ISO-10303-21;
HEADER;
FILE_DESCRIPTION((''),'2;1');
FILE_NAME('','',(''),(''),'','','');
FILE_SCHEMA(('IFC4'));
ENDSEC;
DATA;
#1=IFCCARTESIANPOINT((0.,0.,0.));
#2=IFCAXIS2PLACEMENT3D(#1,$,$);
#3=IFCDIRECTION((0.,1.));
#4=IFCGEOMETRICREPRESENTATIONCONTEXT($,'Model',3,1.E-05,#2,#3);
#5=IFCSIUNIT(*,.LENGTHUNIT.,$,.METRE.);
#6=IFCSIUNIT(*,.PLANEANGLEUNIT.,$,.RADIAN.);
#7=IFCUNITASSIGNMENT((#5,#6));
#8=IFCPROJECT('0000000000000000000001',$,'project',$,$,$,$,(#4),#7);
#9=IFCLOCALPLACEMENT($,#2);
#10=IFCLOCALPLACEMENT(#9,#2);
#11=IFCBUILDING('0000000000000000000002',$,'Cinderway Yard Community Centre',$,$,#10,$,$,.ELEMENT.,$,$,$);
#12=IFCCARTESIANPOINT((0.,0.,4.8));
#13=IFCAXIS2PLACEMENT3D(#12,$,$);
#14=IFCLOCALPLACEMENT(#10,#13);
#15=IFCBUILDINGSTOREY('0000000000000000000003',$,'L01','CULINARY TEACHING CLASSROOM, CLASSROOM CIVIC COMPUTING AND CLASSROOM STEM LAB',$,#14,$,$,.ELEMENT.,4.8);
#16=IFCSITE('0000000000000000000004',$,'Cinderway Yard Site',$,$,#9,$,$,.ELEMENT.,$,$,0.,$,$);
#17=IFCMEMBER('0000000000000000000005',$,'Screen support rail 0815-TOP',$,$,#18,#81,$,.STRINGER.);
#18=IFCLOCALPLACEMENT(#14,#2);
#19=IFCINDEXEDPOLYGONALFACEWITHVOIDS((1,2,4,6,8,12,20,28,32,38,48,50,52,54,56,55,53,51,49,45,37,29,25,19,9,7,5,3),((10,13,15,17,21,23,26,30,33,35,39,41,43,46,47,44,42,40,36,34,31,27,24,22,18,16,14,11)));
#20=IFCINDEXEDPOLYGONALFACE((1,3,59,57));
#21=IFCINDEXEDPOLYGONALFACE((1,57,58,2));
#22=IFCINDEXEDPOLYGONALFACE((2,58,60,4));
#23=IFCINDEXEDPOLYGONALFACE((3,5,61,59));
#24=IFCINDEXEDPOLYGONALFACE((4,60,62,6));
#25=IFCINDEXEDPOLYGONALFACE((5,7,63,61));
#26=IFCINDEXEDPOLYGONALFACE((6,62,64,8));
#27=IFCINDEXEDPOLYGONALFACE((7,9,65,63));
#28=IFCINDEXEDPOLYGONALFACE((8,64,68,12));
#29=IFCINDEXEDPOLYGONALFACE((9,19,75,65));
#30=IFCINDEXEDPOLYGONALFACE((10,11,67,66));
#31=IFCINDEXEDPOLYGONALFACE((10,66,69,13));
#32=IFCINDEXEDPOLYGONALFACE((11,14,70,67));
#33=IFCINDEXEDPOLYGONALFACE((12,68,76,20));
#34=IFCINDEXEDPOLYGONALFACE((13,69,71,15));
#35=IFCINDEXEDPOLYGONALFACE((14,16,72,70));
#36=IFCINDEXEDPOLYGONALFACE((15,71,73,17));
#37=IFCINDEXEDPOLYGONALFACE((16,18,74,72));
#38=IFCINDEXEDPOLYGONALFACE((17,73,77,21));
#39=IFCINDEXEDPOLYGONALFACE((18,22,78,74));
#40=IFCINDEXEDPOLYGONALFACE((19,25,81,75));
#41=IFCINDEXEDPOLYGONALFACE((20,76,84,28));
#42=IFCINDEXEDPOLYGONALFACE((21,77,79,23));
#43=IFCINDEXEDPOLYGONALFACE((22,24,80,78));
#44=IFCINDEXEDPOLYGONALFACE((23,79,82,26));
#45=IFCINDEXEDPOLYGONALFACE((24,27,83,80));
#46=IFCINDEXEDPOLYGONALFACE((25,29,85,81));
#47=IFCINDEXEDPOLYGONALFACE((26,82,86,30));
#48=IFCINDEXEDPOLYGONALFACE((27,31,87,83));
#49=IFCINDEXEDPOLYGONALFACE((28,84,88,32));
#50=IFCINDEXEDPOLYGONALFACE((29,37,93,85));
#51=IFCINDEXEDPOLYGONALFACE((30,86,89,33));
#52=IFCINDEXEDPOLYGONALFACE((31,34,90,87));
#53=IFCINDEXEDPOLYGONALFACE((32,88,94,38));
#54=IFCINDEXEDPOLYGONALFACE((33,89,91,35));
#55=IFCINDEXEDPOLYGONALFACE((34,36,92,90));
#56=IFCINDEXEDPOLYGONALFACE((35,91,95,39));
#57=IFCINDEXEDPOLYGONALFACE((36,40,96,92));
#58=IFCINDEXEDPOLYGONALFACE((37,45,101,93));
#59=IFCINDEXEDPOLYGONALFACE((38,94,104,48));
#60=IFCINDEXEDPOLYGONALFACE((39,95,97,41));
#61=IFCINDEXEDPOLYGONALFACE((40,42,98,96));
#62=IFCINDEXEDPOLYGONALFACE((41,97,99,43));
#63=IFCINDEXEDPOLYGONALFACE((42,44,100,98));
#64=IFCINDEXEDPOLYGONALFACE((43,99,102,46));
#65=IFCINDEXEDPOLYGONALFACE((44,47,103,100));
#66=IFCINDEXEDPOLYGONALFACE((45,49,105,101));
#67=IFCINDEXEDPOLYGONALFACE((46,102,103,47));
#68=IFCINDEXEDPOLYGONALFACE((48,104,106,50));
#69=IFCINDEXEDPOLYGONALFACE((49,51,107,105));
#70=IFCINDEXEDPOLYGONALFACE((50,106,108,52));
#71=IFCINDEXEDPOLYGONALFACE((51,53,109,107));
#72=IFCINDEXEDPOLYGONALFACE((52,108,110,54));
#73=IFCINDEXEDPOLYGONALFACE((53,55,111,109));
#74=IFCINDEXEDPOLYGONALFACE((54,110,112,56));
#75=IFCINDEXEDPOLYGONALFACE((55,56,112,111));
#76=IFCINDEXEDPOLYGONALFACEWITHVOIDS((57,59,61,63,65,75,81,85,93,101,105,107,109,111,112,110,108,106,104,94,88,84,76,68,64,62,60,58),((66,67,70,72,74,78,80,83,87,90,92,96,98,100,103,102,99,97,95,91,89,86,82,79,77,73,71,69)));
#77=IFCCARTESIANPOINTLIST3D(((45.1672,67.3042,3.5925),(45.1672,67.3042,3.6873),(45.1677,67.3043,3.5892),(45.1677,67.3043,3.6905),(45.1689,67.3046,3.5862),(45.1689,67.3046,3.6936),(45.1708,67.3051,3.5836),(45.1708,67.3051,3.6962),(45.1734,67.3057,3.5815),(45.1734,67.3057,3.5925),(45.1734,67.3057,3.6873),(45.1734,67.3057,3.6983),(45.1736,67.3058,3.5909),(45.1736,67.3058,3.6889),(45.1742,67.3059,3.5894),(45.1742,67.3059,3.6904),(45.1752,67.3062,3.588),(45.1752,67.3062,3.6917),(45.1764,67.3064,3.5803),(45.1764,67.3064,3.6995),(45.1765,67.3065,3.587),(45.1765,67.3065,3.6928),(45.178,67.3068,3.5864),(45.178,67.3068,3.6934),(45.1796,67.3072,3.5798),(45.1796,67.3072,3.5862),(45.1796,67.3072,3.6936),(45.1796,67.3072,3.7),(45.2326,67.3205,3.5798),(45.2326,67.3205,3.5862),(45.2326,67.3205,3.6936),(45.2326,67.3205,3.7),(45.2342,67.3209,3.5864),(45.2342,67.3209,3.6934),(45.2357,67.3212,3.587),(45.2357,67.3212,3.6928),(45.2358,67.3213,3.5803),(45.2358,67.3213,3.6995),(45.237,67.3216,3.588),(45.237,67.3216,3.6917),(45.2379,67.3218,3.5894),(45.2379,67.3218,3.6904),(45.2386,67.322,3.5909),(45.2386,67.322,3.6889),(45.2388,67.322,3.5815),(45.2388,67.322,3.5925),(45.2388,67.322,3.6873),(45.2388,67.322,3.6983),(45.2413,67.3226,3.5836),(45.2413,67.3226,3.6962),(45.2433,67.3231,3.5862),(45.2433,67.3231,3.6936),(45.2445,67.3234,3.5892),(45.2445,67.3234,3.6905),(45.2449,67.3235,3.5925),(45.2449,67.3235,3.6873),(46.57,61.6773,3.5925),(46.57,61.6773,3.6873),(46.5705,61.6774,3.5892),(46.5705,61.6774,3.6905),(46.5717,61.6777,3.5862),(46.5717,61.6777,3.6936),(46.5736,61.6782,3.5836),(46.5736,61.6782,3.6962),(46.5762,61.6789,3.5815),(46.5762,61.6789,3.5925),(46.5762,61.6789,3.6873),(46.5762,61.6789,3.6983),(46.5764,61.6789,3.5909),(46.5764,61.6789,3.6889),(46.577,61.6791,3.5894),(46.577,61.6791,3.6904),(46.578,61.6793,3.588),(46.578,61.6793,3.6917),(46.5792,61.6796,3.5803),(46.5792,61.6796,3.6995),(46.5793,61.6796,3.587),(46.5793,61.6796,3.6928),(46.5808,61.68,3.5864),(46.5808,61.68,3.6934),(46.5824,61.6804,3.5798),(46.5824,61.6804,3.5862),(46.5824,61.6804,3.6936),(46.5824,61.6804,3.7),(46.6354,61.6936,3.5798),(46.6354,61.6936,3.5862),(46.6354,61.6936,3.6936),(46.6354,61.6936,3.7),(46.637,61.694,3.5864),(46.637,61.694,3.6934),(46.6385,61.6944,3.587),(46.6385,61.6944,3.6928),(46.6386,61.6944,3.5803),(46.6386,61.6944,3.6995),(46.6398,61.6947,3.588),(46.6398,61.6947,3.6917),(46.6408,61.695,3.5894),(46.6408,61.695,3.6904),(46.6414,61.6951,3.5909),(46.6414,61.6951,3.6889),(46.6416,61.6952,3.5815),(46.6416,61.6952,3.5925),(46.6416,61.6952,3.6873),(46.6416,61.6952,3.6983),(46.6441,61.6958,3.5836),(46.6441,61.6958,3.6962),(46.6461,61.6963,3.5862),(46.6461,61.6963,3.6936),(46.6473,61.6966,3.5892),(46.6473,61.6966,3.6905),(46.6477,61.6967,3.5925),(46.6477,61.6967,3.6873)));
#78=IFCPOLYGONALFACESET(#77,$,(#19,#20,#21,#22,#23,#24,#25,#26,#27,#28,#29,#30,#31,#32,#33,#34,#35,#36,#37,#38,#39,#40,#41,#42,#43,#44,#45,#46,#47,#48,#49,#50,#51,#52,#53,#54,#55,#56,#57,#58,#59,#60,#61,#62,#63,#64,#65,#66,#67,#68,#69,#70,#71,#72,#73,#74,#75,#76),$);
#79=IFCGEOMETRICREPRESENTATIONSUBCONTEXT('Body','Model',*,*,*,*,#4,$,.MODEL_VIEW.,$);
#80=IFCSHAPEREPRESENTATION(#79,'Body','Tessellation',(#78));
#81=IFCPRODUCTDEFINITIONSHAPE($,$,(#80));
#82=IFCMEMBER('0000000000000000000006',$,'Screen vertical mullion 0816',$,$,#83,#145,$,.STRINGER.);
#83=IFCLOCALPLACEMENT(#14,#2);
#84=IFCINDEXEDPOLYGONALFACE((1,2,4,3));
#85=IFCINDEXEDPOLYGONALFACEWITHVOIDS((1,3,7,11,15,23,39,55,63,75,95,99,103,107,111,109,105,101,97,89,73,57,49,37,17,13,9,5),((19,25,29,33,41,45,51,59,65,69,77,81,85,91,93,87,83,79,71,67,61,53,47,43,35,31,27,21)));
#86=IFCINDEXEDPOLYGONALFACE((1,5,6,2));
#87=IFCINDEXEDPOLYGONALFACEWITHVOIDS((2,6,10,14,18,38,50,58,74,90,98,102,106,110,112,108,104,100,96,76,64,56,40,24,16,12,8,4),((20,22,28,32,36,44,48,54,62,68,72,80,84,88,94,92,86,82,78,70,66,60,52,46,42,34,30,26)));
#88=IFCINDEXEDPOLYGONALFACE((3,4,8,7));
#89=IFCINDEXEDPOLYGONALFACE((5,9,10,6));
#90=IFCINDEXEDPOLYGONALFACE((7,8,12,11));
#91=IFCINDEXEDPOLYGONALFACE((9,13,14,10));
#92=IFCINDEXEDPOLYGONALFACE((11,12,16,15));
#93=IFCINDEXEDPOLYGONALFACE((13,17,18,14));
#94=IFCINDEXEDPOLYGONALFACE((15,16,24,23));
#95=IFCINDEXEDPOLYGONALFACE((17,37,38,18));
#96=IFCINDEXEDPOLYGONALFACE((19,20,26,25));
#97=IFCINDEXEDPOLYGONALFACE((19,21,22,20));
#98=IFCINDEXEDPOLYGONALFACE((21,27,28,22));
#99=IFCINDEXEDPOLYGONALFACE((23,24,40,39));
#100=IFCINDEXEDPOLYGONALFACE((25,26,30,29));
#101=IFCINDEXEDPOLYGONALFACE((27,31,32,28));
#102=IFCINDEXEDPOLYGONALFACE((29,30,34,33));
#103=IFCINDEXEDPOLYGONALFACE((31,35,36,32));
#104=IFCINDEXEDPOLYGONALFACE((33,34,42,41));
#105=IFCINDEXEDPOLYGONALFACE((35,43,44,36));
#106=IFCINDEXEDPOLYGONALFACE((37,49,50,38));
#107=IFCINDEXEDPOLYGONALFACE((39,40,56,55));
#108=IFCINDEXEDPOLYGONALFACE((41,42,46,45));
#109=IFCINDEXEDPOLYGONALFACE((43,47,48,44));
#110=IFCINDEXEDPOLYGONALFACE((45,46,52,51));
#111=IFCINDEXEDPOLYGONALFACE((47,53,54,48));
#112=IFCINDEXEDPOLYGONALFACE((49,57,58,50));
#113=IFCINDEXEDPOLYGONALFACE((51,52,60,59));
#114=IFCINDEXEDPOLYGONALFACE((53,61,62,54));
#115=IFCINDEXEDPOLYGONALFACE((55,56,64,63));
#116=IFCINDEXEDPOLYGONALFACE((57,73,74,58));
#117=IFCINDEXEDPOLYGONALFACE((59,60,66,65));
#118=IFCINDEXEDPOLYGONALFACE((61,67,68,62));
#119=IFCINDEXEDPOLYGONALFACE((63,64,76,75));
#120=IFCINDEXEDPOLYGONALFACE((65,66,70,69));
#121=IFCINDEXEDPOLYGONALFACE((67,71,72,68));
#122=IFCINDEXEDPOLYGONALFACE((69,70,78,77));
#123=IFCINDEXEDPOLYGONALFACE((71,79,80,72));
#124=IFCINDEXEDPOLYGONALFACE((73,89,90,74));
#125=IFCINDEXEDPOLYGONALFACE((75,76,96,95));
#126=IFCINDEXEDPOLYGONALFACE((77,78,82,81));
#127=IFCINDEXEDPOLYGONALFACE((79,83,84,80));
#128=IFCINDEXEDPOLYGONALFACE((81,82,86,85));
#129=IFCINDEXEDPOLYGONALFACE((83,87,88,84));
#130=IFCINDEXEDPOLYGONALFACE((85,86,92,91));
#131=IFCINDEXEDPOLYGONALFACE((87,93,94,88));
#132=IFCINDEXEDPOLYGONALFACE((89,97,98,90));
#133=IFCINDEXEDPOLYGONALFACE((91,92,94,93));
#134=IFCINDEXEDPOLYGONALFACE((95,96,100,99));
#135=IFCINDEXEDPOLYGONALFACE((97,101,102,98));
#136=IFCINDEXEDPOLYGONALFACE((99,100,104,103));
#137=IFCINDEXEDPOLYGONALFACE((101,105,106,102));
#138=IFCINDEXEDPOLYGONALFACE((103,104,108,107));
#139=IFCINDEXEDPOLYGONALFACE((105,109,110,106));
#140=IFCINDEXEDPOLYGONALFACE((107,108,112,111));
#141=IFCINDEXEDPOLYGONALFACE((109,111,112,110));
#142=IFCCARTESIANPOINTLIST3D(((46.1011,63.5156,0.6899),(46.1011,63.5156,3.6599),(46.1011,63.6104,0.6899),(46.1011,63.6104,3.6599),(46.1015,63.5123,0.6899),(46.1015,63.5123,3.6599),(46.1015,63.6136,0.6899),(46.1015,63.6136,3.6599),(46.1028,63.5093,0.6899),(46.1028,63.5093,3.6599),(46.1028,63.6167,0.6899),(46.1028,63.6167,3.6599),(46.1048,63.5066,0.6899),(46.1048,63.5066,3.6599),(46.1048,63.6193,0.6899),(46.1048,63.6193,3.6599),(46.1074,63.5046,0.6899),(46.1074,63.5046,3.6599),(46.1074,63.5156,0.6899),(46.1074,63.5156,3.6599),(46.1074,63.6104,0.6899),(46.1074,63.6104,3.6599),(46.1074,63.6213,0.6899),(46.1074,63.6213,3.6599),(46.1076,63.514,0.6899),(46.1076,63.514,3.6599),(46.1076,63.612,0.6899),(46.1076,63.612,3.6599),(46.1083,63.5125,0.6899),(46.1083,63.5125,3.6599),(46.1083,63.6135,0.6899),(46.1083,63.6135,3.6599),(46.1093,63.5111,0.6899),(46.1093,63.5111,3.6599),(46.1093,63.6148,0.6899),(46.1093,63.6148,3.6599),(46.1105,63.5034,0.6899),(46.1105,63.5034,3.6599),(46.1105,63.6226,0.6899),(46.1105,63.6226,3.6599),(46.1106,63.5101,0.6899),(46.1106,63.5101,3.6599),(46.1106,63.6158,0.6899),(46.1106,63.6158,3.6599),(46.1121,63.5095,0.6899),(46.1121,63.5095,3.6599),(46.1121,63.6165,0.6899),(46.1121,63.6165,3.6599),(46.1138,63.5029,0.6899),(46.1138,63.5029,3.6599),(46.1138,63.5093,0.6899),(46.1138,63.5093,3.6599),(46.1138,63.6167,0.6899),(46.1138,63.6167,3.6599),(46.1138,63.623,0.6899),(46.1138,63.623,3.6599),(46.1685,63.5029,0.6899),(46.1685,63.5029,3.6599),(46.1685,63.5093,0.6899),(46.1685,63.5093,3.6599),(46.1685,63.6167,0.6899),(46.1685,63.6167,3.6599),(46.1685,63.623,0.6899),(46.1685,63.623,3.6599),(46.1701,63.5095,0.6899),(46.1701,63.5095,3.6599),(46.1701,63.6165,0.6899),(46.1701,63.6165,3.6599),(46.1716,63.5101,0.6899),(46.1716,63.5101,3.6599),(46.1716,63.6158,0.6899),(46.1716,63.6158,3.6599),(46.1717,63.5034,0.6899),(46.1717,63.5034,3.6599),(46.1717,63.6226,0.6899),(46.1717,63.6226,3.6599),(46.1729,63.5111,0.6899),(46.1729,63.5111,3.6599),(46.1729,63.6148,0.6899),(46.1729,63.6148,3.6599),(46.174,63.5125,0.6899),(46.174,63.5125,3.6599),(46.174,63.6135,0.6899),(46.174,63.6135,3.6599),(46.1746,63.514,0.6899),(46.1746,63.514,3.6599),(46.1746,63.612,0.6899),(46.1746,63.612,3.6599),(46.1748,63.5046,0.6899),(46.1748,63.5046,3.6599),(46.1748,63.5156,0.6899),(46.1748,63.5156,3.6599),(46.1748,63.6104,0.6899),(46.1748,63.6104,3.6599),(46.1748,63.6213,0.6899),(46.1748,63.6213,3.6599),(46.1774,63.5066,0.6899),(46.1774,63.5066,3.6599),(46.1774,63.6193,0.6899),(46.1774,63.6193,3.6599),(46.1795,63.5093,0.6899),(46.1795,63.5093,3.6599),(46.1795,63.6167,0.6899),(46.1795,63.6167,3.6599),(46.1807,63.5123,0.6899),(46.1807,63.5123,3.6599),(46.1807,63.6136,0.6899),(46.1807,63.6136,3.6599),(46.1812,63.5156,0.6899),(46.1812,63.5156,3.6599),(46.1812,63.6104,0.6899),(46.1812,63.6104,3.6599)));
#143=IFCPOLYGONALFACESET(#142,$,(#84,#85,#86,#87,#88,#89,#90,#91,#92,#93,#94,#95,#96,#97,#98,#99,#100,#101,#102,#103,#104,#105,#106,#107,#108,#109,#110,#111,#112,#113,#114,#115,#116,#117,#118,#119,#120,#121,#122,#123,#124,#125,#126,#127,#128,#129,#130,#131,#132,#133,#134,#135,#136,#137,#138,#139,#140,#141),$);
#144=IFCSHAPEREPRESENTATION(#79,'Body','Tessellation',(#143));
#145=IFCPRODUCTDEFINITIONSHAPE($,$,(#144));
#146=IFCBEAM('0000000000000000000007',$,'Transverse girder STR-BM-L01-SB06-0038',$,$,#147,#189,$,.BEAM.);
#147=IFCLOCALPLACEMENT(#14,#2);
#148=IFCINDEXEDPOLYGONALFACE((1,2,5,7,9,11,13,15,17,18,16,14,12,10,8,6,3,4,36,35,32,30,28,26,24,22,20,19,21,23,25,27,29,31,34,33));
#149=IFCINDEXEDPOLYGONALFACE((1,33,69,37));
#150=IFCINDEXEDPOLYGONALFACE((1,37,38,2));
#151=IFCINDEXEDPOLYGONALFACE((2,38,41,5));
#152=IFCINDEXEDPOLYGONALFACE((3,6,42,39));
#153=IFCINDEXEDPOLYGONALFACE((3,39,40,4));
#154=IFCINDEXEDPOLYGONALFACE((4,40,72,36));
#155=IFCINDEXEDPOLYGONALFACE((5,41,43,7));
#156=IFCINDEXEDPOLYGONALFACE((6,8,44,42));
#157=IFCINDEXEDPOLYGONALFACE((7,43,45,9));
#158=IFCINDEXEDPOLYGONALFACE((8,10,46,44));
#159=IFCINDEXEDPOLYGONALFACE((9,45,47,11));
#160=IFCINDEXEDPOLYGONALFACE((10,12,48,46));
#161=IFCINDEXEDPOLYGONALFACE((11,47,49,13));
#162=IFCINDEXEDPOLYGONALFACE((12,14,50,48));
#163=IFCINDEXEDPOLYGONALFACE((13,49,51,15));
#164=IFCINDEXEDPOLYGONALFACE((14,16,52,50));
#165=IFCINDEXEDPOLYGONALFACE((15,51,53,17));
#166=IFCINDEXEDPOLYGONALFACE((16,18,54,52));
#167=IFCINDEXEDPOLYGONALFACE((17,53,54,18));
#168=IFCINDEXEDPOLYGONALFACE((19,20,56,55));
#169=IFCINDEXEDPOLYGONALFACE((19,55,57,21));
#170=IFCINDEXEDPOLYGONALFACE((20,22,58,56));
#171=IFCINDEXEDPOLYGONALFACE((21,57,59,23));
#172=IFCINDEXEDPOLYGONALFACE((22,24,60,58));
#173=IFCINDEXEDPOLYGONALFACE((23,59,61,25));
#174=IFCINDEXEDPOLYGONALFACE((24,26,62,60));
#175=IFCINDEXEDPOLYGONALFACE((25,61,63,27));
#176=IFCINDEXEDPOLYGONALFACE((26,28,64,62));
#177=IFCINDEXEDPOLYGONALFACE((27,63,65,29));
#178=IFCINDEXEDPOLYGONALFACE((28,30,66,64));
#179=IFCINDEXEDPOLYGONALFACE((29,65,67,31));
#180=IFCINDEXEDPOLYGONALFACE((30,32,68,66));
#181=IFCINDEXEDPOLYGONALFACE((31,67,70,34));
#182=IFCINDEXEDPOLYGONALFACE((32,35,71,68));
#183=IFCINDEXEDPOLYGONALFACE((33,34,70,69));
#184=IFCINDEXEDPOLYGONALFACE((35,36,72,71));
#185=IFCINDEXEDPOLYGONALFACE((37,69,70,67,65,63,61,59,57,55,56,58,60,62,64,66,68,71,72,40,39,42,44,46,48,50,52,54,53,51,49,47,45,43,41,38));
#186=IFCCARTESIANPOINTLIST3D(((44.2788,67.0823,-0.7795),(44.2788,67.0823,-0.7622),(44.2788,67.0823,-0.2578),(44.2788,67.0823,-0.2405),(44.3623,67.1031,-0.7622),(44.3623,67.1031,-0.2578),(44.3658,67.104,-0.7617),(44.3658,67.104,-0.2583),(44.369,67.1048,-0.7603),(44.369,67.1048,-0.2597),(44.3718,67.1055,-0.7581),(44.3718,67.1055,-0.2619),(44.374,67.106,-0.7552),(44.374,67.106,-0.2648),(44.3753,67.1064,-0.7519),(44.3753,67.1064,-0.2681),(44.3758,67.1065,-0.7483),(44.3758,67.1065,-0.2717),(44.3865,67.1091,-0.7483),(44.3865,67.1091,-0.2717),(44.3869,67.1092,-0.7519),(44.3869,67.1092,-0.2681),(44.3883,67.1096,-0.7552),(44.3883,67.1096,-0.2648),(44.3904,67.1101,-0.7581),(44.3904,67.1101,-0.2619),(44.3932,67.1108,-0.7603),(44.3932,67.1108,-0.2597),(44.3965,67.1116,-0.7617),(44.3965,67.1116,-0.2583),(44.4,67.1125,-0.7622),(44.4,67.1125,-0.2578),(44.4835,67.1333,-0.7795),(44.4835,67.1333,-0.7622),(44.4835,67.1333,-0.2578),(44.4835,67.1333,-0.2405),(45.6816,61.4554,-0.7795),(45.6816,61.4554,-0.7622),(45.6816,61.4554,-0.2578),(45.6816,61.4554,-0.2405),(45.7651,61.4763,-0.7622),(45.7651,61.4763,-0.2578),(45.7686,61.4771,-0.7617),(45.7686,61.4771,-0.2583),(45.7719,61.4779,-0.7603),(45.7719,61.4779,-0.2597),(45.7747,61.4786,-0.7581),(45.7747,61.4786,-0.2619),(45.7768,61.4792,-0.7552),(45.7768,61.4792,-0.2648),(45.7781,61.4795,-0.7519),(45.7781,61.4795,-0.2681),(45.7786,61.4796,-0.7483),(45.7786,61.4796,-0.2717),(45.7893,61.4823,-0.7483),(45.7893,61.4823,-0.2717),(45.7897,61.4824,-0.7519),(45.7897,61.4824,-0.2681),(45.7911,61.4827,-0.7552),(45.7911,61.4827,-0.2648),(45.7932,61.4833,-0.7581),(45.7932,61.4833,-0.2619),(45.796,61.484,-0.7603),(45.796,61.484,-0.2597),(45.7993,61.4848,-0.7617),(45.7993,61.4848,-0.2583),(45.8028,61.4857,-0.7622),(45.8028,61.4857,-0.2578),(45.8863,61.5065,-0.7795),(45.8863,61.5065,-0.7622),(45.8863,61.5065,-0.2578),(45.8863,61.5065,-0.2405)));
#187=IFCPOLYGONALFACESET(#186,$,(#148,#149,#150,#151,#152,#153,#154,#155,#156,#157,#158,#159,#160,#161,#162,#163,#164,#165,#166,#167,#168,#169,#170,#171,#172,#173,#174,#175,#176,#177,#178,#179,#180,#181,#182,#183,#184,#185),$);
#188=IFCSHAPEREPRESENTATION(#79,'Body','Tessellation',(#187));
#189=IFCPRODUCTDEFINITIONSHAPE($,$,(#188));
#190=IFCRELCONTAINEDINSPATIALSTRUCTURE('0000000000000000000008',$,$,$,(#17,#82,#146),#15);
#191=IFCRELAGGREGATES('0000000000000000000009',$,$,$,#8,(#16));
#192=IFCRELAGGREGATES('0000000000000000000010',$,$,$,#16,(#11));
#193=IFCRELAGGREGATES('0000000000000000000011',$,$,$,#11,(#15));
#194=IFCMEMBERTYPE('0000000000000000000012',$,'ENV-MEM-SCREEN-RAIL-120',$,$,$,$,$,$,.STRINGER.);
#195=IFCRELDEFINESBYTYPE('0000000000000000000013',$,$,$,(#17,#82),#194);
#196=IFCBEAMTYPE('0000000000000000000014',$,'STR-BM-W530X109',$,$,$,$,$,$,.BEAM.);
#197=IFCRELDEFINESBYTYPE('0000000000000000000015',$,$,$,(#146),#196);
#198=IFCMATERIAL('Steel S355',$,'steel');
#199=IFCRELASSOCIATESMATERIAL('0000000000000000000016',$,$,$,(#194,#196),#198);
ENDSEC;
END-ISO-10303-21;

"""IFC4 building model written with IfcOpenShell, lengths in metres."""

from ifc_helpers import new_model, si_unit, direction, frame, origin, origin_2d, place, context, subcontext, project, spatial, hollow_rectangle, i_section, extrude, material, material_profile, profile_set, type_object, element, save


model = new_model("IFC4")

# Units and contexts
model_context = context("Model", 3, precision=1e-05, world=origin(), true_north=direction((0.0, 1.0)))
body_context = subcontext(model_context, "Body", "Model", "MODEL_VIEW")
ifc_project = project(units=[si_unit("LENGTHUNIT", "METRE"), si_unit("PLANEANGLEUNIT", "RADIAN")], contexts=[model_context])

# Site, building, storey
site_placement = place(None, origin())
site = spatial("IfcSite", under=ifc_project, at=site_placement, Name="Cinderway Yard Site", CompositionType="ELEMENT", RefElevation=0.0)
building_placement = place(site_placement, origin())
building = spatial("IfcBuilding", under=site, at=building_placement, Name="Cinderway Yard Community Centre", CompositionType="ELEMENT")
storey_placement = place(building_placement, frame((0.0, 0.0, 4.8)))
storey = spatial("IfcBuildingStorey", under=building, at=storey_placement, Name="L01", Description="CULINARY TEACHING CLASSROOM, CLASSROOM CIVIC COMPUTING AND CLASSROOM STEM LAB", CompositionType="ELEMENT", Elevation=4.8)

# Members
ifc_material_1 = material(Name="Steel S355", Category="steel")
ifc_material_profile_1 = material_profile(ifc_material_1, hollow_rectangle(XDim=0.0801, YDim=0.1201, WallThickness=0.0063, InnerFilletRadius=0.0063, OuterFilletRadius=0.0127, at=origin_2d()), Name="Steel S355")
ifc_profile_set_1 = profile_set([ifc_material_profile_1], Name="Steel S355")
member_type_1 = type_object("IfcMemberType", Name="ENV-MEM-SCREEN-RAIL-120", PredefinedType="STRINGER", material=ifc_profile_set_1)
for number, where, z_axis, x_axis, name in (
    (1, (46.6089, 61.687, 3.6399), (-0.241902, 0.970301, 0.0), (-0.970301, -0.241902, 0.0), "Screen support rail 0815-TOP"),
):
    element("IfcMember", number, at=place(storey_placement, frame(where, z_axis=z_axis, x_axis=x_axis)), inside=storey, type_object=member_type_1, Name=name, PredefinedType="STRINGER", context=body_context, shape_type="SweptSolid", body=[
        extrude(hollow_rectangle(XDim=0.0801, YDim=0.1201, WallThickness=0.0063, InnerFilletRadius=0.0063, OuterFilletRadius=0.0127, at=origin_2d()), origin(), (0.0, 0.0, 1.0), 5.7991),
    ])
member_1_placement = place(storey_placement, frame((46.1411, 63.563, 0.6899), z_axis=(0.0, 0.0, 1.0), x_axis=(1.0, 0.0, 0.0)))
element("IfcMember", 2, at=member_1_placement, inside=storey, type_object=member_type_1, Name="Screen vertical mullion 0816", PredefinedType="STRINGER", context=body_context, shape_type="SweptSolid", body=[
    extrude(hollow_rectangle(XDim=0.0801, YDim=0.1201, WallThickness=0.0063, InnerFilletRadius=0.0063, OuterFilletRadius=0.0127, at=origin_2d()), origin(), (0.0, 0.0, 1.0), 2.97),
])

# Beam
ifc_material_profile_2 = material_profile(ifc_material_1, i_section(OverallWidth=0.2109, OverallDepth=0.5391, WebThickness=0.011, FlangeThickness=0.0173, FilletRadius=0.0139, at=origin_2d()), Name="Steel S355")
ifc_profile_set_2 = profile_set([ifc_material_profile_2], Name="Steel S355")
beam_type = type_object("IfcBeamType", Name="STR-BM-W530X109", PredefinedType="BEAM", material=ifc_profile_set_2)
beam_placement = place(storey_placement, frame((45.7839, 61.481, -0.51), z_axis=(-0.241902, 0.970301, 0.0), x_axis=(-0.970301, -0.241902, 0.0)))
element("IfcBeam", 3, at=beam_placement, inside=storey, type_object=beam_type, Name="Transverse girder STR-BM-L01-SB06-0038", PredefinedType="BEAM", context=body_context, shape_type="SweptSolid", body=[
    extrude(i_section(OverallWidth=0.2109, OverallDepth=0.5391, WebThickness=0.011, FlangeThickness=0.0173, FilletRadius=0.0139, at=origin_2d()), origin(), (0.0, 0.0, 1.0), 5.7991),
])

save(model, "model.ifc")
